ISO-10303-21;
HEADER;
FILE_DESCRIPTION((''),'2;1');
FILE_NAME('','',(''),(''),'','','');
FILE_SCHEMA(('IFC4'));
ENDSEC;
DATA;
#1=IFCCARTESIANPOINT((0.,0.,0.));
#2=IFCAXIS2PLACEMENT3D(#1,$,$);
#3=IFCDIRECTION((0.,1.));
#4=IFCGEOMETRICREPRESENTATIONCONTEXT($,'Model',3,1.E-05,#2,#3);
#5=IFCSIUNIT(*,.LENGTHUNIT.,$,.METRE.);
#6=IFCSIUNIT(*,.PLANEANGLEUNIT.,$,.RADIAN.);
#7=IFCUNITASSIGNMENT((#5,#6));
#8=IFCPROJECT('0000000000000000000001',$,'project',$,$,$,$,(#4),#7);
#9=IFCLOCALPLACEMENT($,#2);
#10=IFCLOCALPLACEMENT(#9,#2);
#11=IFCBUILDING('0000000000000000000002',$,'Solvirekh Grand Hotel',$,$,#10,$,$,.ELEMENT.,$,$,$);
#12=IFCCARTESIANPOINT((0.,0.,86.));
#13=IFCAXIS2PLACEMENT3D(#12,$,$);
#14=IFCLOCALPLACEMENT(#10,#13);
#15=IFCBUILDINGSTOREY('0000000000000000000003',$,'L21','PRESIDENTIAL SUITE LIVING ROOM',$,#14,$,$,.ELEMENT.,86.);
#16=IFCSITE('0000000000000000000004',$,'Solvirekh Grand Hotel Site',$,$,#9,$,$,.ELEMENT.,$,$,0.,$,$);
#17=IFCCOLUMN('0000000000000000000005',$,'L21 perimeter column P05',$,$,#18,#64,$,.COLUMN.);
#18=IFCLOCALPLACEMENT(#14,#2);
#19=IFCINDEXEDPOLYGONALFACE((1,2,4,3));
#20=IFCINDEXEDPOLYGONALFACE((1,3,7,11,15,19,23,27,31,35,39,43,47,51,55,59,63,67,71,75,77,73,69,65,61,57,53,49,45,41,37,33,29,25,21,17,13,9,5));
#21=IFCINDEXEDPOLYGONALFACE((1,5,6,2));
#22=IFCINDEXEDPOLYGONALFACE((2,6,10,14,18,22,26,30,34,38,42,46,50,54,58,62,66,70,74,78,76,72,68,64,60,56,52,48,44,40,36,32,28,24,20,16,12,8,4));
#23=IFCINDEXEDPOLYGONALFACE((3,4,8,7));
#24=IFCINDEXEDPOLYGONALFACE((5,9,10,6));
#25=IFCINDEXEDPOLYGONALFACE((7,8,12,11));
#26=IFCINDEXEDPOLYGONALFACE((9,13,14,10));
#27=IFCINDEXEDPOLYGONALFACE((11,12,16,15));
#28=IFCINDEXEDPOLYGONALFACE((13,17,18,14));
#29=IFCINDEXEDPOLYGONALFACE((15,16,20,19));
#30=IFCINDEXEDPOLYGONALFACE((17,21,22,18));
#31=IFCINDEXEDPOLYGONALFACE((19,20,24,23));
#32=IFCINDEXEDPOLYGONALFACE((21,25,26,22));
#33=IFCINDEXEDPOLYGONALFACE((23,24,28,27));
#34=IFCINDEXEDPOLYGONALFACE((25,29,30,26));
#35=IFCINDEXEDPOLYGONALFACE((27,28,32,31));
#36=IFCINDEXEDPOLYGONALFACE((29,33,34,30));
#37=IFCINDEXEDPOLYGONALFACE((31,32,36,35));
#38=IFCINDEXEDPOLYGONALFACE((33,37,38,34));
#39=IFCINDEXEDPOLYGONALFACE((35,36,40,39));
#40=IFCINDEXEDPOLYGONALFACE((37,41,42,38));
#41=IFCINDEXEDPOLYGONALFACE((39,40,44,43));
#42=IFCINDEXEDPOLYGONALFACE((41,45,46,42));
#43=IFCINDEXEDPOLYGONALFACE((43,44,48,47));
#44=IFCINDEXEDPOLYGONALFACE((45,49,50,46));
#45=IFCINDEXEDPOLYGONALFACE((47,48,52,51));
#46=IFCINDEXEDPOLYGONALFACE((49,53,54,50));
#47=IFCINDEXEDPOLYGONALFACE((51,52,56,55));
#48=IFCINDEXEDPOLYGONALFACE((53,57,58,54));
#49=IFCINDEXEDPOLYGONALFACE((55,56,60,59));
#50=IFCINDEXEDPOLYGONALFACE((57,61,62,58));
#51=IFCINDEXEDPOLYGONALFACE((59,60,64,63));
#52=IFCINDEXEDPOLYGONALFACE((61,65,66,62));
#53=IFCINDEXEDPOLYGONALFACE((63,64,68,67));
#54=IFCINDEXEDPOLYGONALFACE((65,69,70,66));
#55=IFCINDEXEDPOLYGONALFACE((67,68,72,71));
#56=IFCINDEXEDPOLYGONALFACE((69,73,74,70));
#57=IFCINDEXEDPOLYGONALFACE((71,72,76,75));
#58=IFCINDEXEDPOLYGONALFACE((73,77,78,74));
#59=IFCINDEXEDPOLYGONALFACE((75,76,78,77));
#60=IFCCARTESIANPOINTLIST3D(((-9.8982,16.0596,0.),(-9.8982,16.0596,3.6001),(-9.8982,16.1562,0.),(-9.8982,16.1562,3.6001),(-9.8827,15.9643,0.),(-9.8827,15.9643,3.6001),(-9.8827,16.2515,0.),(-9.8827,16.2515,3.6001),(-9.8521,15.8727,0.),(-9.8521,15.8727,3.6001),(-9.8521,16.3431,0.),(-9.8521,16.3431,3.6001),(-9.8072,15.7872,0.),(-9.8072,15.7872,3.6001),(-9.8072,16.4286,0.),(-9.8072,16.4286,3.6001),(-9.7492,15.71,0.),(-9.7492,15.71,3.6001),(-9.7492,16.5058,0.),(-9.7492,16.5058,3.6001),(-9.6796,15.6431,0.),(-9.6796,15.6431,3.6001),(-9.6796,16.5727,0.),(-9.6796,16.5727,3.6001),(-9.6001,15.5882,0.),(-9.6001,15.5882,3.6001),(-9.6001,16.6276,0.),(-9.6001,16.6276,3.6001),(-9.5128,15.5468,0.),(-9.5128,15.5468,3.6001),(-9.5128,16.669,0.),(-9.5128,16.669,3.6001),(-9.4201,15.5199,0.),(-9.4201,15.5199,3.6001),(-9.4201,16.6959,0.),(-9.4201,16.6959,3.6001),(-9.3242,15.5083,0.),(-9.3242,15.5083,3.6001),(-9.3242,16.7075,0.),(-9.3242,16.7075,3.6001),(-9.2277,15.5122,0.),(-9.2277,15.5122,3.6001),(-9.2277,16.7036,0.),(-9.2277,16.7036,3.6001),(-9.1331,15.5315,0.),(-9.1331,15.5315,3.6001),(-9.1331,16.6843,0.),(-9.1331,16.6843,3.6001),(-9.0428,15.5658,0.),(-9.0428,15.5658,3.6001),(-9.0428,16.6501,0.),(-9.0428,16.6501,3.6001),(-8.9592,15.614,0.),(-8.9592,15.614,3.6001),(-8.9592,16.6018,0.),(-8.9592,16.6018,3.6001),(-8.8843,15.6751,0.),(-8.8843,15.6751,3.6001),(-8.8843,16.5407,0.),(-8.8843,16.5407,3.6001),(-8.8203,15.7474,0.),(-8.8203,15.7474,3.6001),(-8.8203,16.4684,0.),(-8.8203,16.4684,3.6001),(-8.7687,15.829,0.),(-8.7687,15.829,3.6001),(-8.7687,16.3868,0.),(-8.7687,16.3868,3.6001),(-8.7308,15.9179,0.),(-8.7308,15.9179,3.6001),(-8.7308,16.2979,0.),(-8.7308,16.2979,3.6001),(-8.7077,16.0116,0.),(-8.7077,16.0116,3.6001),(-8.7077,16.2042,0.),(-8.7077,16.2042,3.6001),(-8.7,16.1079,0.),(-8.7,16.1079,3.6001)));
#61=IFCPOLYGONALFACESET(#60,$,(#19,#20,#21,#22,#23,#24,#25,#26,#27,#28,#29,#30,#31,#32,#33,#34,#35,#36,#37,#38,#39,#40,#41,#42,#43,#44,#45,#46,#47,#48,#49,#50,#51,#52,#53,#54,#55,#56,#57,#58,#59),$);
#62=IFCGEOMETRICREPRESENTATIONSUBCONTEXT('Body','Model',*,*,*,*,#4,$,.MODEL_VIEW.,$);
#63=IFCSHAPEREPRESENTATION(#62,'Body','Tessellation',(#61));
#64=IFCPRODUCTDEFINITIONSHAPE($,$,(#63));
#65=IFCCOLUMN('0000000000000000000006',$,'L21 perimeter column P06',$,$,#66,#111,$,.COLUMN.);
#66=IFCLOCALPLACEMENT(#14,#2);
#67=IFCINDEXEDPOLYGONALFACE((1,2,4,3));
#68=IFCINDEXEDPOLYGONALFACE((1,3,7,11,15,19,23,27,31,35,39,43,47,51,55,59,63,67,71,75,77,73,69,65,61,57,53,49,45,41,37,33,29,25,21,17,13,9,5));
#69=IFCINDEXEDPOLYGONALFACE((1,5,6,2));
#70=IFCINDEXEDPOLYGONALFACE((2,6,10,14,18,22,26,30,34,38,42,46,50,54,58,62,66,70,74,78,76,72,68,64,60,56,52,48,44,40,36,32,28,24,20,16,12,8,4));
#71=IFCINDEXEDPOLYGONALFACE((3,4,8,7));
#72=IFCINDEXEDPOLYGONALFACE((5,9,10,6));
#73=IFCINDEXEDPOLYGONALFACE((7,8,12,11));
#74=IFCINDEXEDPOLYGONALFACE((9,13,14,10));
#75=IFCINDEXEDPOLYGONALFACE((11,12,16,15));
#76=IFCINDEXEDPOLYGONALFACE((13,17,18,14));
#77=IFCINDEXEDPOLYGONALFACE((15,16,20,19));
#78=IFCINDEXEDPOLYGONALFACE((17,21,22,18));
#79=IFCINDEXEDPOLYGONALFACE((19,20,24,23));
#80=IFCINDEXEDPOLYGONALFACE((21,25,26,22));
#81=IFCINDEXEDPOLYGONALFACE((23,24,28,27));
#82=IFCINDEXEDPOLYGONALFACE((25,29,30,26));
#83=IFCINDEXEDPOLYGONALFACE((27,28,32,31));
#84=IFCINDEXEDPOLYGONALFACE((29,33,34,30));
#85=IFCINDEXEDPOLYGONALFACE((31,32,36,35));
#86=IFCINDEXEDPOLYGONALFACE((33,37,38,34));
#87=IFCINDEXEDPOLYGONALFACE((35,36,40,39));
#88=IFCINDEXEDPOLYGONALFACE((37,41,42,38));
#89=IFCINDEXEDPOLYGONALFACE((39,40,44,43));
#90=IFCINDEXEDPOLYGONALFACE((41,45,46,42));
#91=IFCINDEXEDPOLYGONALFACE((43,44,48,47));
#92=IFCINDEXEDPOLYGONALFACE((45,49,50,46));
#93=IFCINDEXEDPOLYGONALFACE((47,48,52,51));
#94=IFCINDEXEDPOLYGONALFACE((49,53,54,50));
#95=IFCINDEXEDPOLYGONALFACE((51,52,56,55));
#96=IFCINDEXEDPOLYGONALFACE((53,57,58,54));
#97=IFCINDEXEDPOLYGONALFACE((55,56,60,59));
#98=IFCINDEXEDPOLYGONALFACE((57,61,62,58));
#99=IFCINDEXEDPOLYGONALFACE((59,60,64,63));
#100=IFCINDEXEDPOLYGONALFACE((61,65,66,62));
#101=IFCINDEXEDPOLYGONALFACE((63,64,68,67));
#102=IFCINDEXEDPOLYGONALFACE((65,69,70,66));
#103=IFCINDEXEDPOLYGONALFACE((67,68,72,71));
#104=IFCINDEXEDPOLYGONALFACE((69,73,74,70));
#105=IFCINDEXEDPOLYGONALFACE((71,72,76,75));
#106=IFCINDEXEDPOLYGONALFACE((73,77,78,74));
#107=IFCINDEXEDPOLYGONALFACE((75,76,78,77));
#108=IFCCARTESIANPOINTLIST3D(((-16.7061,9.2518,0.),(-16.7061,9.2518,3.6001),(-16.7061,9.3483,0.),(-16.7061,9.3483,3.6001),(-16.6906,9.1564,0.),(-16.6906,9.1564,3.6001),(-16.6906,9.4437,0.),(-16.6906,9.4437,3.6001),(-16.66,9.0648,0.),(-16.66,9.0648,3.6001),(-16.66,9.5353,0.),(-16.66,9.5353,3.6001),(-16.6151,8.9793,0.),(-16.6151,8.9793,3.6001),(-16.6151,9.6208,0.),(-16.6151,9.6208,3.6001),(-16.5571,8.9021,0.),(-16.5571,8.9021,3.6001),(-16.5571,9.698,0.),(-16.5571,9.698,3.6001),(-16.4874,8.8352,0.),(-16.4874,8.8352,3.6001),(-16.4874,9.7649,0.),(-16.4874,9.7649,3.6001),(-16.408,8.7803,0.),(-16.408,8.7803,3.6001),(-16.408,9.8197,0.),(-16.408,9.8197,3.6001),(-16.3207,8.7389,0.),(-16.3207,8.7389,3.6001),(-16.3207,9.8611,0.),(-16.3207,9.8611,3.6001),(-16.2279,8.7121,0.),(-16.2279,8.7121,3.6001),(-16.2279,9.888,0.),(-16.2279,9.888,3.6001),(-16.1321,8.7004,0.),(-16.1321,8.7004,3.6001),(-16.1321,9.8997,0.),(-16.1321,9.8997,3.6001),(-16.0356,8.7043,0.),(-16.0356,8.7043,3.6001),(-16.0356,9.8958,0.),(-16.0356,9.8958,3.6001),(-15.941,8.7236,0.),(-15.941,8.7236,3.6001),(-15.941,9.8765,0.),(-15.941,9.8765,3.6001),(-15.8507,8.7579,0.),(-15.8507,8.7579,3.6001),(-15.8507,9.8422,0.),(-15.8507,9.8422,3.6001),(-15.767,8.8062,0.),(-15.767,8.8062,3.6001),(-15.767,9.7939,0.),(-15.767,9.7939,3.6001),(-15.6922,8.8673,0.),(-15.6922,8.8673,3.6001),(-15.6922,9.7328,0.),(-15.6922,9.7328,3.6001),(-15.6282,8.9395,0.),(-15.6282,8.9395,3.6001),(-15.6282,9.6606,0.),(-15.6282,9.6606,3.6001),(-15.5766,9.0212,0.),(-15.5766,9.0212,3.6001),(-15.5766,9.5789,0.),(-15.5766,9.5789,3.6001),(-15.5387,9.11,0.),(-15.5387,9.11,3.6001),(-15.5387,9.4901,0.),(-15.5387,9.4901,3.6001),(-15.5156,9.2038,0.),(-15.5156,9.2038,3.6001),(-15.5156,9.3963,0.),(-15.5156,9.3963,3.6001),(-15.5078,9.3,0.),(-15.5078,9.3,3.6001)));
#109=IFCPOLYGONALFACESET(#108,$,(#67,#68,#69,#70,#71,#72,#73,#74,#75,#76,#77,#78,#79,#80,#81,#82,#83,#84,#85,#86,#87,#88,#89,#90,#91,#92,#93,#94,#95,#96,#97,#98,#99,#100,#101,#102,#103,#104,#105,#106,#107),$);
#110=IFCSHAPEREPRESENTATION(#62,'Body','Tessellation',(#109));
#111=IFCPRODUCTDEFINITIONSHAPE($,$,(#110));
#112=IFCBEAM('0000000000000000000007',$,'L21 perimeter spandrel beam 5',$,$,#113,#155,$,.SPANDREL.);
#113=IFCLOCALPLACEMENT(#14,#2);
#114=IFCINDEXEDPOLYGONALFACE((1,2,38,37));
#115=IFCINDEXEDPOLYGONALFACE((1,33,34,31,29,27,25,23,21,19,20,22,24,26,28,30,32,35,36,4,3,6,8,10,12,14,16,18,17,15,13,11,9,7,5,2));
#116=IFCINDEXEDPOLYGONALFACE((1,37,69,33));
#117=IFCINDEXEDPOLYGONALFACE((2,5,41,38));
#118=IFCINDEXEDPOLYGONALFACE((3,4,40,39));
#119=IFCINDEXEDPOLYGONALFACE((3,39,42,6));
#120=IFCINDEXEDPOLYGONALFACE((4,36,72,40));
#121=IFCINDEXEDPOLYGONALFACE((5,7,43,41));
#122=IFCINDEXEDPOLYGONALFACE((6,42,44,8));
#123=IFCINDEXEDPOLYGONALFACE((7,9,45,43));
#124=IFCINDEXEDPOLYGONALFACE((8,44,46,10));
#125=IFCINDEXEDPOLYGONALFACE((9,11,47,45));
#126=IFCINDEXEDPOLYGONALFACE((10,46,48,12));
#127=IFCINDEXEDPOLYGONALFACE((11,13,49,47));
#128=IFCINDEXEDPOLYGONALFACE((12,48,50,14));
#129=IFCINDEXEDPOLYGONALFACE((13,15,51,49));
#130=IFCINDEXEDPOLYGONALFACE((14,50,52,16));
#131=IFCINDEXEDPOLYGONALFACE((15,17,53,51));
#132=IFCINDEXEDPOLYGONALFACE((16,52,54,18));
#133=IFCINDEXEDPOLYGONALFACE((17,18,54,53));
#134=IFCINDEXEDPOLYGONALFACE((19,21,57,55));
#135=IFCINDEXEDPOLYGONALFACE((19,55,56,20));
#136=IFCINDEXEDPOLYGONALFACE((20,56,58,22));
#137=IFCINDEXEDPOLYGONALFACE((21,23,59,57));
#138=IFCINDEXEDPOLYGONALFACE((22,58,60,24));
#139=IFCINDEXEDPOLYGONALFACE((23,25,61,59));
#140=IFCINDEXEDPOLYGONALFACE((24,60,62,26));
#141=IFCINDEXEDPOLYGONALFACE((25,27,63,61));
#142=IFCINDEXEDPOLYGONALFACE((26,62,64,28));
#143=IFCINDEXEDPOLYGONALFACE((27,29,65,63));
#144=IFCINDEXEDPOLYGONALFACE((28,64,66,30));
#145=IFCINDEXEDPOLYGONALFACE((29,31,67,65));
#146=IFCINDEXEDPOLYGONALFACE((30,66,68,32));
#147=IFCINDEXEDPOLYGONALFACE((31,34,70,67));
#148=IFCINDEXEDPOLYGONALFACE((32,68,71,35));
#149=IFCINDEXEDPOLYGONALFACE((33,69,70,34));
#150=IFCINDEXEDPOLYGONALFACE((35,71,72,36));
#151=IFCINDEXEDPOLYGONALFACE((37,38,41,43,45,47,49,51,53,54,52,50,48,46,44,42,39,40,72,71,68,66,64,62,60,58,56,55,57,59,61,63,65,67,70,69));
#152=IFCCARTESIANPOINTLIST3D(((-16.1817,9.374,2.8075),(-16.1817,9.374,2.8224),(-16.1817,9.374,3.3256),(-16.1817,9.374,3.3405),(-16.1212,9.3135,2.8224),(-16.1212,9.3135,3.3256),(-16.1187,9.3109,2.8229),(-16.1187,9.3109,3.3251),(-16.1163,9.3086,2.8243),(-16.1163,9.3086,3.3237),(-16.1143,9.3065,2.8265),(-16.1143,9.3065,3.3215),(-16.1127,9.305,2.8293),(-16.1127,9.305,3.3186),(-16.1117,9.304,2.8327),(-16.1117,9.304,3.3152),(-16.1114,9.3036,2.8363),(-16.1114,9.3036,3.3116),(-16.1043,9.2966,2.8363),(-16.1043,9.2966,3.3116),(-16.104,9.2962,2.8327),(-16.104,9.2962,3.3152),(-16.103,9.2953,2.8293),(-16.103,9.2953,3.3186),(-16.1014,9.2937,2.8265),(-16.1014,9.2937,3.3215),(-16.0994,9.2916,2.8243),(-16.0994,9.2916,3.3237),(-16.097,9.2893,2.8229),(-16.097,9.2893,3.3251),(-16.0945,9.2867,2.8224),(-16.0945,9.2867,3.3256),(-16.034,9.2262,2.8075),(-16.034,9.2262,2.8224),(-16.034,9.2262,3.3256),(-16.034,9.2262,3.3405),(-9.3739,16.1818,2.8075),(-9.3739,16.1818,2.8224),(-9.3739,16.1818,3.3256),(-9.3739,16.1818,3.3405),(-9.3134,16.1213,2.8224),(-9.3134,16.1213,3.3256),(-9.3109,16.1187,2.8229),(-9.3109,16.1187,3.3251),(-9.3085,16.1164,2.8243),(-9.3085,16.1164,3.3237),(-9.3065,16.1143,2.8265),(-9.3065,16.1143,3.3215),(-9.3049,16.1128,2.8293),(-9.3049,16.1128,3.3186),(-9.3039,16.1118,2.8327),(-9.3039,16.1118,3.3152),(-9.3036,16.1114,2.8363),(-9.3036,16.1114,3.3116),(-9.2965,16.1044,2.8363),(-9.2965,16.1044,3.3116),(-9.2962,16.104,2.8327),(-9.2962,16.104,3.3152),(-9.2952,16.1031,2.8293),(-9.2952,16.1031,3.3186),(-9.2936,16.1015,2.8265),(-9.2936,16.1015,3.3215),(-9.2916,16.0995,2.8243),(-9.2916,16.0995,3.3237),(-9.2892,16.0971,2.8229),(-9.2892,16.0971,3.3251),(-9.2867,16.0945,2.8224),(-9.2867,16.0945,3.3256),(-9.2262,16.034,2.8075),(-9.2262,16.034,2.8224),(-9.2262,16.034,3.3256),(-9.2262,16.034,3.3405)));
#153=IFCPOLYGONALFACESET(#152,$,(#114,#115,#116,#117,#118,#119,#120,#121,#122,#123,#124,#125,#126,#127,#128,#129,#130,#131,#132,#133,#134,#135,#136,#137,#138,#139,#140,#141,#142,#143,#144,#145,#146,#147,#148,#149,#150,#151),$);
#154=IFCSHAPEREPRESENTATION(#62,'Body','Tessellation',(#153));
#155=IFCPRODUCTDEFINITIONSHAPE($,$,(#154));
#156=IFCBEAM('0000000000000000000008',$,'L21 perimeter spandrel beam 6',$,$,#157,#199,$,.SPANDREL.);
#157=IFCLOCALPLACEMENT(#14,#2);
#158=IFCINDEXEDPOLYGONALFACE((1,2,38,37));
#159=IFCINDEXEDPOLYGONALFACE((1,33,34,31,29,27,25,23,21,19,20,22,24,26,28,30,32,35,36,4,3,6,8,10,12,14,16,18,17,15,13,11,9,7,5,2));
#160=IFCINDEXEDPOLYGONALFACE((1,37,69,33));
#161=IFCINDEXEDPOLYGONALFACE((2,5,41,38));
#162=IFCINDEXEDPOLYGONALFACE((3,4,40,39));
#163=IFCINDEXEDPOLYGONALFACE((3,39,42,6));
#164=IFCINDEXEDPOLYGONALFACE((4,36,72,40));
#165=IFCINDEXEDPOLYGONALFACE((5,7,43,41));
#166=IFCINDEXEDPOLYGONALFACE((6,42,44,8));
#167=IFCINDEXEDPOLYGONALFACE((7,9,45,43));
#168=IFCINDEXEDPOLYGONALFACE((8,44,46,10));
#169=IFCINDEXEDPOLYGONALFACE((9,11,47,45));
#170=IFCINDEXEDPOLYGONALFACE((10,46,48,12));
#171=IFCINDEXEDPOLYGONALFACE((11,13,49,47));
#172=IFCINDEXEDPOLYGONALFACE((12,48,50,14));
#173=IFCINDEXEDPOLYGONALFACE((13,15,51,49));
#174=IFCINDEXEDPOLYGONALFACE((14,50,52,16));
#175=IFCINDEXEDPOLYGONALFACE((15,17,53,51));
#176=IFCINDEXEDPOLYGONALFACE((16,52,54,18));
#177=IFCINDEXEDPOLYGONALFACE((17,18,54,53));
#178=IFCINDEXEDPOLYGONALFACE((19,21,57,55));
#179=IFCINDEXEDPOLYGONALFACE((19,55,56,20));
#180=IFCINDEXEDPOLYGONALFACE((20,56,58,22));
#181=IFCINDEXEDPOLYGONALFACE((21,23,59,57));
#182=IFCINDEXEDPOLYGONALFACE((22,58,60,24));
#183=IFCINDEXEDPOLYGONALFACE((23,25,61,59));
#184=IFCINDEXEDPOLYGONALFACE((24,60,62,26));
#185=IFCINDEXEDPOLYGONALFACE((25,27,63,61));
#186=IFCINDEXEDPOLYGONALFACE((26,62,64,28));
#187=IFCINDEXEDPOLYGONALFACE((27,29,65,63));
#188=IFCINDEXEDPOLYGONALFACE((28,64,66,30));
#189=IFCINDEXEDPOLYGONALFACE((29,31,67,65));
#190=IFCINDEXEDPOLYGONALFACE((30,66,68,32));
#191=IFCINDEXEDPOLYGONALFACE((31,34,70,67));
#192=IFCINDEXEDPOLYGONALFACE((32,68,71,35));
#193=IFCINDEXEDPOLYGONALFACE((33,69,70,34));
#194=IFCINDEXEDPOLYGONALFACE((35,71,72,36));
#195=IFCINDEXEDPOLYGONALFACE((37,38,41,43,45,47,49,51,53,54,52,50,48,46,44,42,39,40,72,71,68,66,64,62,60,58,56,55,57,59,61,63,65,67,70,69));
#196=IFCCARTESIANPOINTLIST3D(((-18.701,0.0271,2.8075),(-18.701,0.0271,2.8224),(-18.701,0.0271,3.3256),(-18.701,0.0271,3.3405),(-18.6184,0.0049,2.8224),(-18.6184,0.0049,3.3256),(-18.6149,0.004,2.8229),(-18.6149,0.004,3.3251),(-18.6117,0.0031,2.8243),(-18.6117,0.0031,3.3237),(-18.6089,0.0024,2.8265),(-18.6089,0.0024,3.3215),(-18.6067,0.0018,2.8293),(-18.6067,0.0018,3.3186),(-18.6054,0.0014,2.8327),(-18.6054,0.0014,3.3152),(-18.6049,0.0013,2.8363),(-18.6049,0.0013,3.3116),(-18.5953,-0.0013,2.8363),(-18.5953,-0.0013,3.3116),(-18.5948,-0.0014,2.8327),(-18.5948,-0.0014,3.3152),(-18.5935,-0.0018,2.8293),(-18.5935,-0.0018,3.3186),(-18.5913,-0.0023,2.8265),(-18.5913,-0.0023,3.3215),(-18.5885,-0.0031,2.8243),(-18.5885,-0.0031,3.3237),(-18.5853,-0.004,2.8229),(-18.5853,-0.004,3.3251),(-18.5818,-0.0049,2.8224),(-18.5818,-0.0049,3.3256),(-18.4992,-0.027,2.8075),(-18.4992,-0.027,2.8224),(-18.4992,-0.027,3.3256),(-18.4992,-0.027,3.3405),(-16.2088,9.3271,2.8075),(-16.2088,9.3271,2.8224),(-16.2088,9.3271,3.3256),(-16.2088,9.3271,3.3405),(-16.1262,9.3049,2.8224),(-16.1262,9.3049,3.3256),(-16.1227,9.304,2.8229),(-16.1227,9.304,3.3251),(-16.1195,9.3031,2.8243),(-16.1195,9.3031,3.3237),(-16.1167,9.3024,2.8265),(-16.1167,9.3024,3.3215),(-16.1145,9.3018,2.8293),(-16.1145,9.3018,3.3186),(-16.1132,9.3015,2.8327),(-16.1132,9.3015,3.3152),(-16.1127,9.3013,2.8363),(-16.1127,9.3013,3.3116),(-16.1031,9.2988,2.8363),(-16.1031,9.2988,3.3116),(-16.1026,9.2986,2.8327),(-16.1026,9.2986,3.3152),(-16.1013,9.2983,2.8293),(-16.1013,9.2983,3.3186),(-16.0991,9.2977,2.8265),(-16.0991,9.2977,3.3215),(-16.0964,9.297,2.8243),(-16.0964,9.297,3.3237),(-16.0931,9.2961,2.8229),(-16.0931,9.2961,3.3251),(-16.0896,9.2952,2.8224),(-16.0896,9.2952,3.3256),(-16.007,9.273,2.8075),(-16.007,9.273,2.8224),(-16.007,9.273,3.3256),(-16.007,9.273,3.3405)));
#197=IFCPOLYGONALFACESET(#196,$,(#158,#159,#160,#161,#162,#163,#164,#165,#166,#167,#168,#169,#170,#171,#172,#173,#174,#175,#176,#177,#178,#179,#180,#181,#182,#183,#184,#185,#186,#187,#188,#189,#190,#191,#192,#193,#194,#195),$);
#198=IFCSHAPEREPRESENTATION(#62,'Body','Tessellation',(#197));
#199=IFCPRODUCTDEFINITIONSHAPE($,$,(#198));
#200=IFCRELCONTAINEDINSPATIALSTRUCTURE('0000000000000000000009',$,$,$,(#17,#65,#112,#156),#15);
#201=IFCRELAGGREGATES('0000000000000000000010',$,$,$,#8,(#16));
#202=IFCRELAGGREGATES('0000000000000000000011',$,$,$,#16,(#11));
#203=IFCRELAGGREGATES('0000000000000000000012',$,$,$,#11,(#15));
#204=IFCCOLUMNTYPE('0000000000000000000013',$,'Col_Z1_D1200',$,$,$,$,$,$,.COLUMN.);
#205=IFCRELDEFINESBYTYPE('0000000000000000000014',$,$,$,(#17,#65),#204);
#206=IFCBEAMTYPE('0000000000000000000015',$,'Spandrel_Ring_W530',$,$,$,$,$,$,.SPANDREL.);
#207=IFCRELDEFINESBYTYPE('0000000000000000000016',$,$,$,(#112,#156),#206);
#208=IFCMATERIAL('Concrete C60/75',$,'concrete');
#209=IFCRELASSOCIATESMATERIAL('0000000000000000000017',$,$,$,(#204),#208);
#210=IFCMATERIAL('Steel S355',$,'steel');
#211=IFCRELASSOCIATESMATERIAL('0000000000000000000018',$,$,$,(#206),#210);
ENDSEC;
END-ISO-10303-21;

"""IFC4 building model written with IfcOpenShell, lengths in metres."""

from ifc_helpers import new_model, si_unit, direction, frame, origin, origin_2d, place, context, subcontext, project, spatial, circle, i_section, extrude, material, material_profile, profile_set, type_object, element, save


model = new_model("IFC4")

# Units and contexts
model_context = context("Model", 3, precision=1e-05, world=origin(), true_north=direction((0.0, 1.0)))
body_context = subcontext(model_context, "Body", "Model", "MODEL_VIEW")
ifc_project = project(units=[si_unit("LENGTHUNIT", "METRE"), si_unit("PLANEANGLEUNIT", "RADIAN")], contexts=[model_context])

# Site, building, storey
site_placement = place(None, origin())
site = spatial("IfcSite", under=ifc_project, at=site_placement, Name="Solvirekh Grand Hotel Site", CompositionType="ELEMENT", RefElevation=0.0)
building_placement = place(site_placement, origin())
building = spatial("IfcBuilding", under=site, at=building_placement, Name="Solvirekh Grand Hotel", CompositionType="ELEMENT")
storey_placement = place(building_placement, frame((0.0, 0.0, 86.0)))
storey = spatial("IfcBuildingStorey", under=building, at=storey_placement, Name="L21", Description="PRESIDENTIAL SUITE LIVING ROOM", CompositionType="ELEMENT", Elevation=86.0)

# Columns
ifc_material_1 = material(Name="Concrete C60/75", Category="concrete")
ifc_material_profile_1 = material_profile(ifc_material_1, circle(Radius=0.6001, at=origin_2d()), Name="RC CIRC D1200")
ifc_profile_set_1 = profile_set([ifc_material_profile_1], Name="Concrete C60/75")
column_type = type_object("IfcColumnType", Name="Col_Z1_D1200", PredefinedType="COLUMN", material=ifc_profile_set_1)
for number, where, z_axis, x_axis, name in (
    (1, (-9.3, 16.1079, 0.0), (0.0, 0.0, 1.0), (1.0, 0.0, 0.0), "L21 perimeter column P05"),
    (2, (-16.1079, 9.3, 0.0), (0.0, 0.0, 1.0), (1.0, 0.0, 0.0), "L21 perimeter column P06"),
):
    element("IfcColumn", number, at=place(storey_placement, frame(where, z_axis=z_axis, x_axis=x_axis)), inside=storey, type_object=column_type, Name=name, PredefinedType="COLUMN", context=body_context, shape_type="SweptSolid", body=[
        extrude(circle(Radius=0.6001, at=origin_2d()), origin(), (0.0, 0.0, 1.0), 3.6001),
    ])

# Beams
ifc_material_2 = material(Name="Steel S355", Category="steel")
ifc_material_profile_2 = material_profile(ifc_material_2, i_section(OverallWidth=0.209, OverallDepth=0.533, WebThickness=0.01, FlangeThickness=0.0149, FilletRadius=0.0139, at=origin_2d()), Name="W530X92")
ifc_profile_set_2 = profile_set([ifc_material_profile_2], Name="Steel S355")
beam_type = type_object("IfcBeamType", Name="Spandrel_Ring_W530", PredefinedType="SPANDREL", material=ifc_profile_set_2)
beam_1_placement = place(storey_placement, frame((-9.3, 16.1079, 3.074), z_axis=(-0.707107, -0.707107, 0.0), x_axis=(0.707107, -0.707107, 0.0)))
element("IfcBeam", 3, at=beam_1_placement, inside=storey, type_object=beam_type, Name="L21 perimeter spandrel beam 5", PredefinedType="SPANDREL", context=body_context, shape_type="SweptSolid", body=[
    extrude(i_section(OverallWidth=0.209, OverallDepth=0.533, WebThickness=0.01, FlangeThickness=0.0149, FilletRadius=0.0139, at=origin_2d()), origin(), (0.0, 0.0, 1.0), 9.6277),
])
beam_2_placement = place(storey_placement, frame((-16.1079, 9.3, 3.074), z_axis=(-0.258843, -0.965919, 0.0), x_axis=(0.965919, -0.258843, 0.0)))
element("IfcBeam", 4, at=beam_2_placement, inside=storey, type_object=beam_type, Name="L21 perimeter spandrel beam 6", PredefinedType="SPANDREL", context=body_context, shape_type="SweptSolid", body=[
    extrude(i_section(OverallWidth=0.209, OverallDepth=0.533, WebThickness=0.01, FlangeThickness=0.0149, FilletRadius=0.0139, at=origin_2d()), origin(), (0.0, 0.0, 1.0), 9.6282),
])

save(model, "model.ifc")
